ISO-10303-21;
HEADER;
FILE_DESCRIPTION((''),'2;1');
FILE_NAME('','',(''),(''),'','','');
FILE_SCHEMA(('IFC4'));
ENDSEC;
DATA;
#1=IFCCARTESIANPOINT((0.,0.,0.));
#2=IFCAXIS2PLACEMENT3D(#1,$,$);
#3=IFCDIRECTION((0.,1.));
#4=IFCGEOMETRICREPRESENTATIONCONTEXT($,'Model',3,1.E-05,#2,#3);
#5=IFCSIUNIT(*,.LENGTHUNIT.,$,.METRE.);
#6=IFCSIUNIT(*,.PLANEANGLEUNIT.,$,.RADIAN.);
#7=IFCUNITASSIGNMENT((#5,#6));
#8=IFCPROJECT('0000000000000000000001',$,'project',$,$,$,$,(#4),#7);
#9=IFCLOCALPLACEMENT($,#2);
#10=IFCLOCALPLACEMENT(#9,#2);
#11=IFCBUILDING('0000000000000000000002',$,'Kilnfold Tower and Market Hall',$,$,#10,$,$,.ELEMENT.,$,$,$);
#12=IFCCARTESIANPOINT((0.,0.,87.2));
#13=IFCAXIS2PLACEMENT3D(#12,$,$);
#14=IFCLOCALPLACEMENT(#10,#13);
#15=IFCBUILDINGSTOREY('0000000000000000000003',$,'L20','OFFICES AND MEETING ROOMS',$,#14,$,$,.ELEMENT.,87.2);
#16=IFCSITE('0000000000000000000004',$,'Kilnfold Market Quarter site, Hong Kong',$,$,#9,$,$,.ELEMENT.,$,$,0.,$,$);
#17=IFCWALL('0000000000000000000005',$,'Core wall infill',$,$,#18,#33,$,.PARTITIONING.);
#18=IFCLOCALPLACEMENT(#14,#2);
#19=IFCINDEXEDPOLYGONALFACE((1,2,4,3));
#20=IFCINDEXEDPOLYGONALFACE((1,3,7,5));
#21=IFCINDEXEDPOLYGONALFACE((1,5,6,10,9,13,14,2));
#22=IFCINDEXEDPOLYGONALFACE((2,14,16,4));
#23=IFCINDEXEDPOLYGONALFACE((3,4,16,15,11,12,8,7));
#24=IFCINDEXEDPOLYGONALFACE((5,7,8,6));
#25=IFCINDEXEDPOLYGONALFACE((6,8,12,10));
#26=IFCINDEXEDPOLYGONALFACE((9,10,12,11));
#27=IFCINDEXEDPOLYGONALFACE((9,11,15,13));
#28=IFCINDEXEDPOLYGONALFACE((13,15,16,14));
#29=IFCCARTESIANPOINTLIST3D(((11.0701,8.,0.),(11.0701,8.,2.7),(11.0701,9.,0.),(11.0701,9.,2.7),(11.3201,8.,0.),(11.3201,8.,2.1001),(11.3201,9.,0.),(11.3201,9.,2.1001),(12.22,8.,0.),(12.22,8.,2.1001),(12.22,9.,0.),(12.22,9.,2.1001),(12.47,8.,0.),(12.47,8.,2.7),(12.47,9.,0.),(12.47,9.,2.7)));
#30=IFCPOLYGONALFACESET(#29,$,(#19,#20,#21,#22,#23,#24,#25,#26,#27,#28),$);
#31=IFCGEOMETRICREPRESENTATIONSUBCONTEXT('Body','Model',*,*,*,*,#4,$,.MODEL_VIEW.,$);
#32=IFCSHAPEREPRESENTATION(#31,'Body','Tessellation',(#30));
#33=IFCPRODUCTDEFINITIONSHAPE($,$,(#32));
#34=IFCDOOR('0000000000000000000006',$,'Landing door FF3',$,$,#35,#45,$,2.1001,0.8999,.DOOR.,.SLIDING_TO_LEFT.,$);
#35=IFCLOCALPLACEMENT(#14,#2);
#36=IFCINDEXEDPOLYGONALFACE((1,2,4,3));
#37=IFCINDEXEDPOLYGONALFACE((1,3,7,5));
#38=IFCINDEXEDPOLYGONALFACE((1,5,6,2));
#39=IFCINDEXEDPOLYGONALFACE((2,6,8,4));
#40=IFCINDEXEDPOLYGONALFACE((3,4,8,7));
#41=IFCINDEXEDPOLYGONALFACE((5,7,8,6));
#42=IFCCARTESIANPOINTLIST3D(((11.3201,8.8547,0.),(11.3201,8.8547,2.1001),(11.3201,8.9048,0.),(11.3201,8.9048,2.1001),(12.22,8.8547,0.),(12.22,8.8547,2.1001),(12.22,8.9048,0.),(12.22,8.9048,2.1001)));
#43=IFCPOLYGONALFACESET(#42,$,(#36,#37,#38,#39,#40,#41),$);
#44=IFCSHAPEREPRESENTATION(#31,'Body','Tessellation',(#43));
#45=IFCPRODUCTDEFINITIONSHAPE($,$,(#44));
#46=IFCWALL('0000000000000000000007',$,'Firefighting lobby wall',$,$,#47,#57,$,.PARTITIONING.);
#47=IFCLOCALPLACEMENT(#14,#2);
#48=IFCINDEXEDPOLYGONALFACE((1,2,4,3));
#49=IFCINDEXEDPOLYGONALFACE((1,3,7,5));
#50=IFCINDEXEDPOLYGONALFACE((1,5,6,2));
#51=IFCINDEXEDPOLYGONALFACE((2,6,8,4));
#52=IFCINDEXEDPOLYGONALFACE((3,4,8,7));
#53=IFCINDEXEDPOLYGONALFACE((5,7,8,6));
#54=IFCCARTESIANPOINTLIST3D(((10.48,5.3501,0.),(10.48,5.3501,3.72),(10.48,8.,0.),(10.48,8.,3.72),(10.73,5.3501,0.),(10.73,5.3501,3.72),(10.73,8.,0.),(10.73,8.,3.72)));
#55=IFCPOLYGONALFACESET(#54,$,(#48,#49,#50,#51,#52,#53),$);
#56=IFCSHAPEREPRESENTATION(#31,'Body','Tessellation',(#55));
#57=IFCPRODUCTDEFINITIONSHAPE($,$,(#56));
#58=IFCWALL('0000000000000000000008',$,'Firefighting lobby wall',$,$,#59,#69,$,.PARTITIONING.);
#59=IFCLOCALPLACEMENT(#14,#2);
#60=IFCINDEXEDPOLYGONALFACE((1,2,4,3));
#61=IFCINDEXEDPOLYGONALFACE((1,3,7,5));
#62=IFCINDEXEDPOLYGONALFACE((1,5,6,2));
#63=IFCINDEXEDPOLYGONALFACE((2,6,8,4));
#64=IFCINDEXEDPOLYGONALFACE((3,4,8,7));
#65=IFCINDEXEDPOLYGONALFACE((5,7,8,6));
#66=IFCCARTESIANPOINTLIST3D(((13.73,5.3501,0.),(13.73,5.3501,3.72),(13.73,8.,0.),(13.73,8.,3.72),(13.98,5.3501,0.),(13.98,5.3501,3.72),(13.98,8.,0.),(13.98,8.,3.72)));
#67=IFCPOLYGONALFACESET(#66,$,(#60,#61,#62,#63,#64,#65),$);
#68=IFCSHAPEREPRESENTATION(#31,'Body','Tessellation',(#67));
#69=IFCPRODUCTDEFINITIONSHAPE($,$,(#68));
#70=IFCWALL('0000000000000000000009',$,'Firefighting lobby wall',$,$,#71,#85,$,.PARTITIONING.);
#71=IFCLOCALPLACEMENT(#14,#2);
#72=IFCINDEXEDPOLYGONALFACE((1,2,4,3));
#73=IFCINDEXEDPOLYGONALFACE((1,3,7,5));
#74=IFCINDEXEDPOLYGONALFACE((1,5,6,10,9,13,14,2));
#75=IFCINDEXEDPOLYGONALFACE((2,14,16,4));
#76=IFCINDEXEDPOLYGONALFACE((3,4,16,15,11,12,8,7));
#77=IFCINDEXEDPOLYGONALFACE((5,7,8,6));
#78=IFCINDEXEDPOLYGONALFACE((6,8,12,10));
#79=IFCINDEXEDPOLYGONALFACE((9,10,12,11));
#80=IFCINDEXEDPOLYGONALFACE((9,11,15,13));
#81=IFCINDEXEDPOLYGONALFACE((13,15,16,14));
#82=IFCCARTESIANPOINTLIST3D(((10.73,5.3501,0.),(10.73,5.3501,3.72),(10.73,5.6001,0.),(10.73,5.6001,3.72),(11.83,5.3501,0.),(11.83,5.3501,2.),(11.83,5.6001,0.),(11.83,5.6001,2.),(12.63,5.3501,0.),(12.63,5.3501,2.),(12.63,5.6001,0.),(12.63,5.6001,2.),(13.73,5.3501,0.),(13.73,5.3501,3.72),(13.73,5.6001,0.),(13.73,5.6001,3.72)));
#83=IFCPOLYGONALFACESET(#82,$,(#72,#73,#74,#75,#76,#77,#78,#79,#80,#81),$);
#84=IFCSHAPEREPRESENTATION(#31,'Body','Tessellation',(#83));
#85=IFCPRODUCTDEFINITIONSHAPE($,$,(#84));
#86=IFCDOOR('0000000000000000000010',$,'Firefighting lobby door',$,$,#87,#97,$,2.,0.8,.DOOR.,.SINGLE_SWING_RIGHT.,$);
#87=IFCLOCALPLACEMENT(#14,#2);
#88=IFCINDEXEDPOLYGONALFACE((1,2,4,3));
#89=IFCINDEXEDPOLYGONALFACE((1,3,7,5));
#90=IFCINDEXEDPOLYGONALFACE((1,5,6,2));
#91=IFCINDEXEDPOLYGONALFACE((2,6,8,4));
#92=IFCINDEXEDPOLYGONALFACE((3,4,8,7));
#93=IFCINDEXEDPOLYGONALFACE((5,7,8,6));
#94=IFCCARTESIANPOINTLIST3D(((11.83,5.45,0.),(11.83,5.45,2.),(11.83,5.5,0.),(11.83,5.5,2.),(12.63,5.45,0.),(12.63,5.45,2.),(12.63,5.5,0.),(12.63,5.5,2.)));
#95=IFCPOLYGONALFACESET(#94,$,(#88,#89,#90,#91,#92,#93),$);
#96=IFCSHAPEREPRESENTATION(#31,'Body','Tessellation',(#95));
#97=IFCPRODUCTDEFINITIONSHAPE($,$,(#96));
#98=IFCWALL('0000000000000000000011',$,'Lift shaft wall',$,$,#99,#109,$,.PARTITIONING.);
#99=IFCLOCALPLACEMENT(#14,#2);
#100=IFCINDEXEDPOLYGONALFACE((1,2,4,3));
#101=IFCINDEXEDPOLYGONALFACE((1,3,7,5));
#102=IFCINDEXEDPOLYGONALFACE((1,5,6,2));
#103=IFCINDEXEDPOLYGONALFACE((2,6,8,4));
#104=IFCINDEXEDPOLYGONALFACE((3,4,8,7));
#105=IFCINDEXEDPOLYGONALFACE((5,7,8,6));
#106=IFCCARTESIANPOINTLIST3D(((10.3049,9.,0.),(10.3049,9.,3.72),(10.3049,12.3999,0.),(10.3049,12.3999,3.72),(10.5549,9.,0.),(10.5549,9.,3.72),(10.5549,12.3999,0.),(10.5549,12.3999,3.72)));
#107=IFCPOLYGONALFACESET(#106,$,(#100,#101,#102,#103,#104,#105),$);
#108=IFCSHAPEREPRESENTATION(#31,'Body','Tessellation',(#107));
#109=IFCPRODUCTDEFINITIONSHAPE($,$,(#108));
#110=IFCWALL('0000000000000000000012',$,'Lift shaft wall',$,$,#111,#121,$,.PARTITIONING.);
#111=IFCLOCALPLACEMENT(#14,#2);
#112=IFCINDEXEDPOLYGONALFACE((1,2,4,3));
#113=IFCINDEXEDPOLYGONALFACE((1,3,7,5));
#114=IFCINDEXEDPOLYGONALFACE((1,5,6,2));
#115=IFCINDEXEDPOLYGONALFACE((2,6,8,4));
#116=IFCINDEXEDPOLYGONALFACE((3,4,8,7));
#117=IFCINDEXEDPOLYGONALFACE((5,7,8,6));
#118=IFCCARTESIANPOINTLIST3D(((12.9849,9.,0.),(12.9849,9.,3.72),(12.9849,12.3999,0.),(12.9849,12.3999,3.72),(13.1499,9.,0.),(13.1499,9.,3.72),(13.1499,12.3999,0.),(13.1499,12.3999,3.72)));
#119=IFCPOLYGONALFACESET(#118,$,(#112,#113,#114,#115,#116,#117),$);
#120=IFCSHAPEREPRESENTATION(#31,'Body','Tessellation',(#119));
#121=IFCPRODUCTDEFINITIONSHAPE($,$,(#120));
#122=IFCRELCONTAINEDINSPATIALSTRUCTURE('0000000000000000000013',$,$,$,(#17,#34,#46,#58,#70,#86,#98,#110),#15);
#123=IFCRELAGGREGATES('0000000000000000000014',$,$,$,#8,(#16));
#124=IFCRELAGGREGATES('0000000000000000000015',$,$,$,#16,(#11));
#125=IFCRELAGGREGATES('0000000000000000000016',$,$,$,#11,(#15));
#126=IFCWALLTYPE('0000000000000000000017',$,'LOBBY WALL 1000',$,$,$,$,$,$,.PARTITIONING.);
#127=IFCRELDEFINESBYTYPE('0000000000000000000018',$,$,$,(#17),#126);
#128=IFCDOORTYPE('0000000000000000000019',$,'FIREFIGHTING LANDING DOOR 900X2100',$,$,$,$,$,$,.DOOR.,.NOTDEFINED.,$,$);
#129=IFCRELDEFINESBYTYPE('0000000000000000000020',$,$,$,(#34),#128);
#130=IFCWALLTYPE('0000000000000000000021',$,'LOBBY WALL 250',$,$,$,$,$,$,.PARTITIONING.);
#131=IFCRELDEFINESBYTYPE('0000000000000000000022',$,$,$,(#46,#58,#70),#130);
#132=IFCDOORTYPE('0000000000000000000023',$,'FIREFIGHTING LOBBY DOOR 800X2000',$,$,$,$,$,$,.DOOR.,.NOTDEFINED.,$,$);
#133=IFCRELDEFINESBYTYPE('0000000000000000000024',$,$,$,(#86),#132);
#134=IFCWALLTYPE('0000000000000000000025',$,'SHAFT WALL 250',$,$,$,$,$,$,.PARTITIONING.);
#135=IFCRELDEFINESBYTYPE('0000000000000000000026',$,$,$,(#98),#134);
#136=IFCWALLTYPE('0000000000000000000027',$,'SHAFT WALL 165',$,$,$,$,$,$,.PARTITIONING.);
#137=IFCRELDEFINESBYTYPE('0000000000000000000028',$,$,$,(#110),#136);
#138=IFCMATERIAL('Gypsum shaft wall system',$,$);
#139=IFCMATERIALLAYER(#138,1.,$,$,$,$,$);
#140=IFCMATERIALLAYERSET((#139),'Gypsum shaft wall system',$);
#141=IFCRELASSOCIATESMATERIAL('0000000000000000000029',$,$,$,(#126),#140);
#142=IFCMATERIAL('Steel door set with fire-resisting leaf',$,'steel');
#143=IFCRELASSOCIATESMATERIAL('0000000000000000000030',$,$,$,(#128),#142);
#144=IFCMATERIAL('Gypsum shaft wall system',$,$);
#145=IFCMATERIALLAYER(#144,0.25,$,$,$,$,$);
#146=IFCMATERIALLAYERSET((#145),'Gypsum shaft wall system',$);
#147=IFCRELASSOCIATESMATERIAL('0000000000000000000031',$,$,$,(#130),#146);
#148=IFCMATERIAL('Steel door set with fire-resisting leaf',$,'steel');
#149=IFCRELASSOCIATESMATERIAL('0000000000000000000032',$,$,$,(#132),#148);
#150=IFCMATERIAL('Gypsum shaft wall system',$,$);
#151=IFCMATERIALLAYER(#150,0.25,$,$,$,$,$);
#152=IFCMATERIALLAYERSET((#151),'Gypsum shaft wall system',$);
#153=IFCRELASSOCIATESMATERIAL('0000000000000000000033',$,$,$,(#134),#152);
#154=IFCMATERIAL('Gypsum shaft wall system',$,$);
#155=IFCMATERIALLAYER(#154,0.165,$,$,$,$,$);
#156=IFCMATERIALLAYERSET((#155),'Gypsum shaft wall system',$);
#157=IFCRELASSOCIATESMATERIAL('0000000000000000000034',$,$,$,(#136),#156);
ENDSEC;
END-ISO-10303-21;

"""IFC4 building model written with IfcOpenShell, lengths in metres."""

from ifc_helpers import new_model, si_unit, direction, frame, frame_2d, origin, place, context, subcontext, project, spatial, rectangle, extrude, source, transform, mapped, material, layer, layer_set, type_object, element, fill, save


model = new_model("IFC4")

# Units and contexts
model_context = context("Model", 3, precision=1e-05, world=origin(), true_north=direction((0.0, 1.0)))
body_context = subcontext(model_context, "Body", "Model", "MODEL_VIEW")
ifc_project = project(units=[si_unit("LENGTHUNIT", "METRE"), si_unit("PLANEANGLEUNIT", "RADIAN")], contexts=[model_context])

# Site, building, storey
site_placement = place(None, origin())
site = spatial("IfcSite", under=ifc_project, at=site_placement, Name="Kilnfold Market Quarter site, Hong Kong", CompositionType="ELEMENT", RefElevation=0.0)
building_placement = place(site_placement, origin())
building = spatial("IfcBuilding", under=site, at=building_placement, Name="Kilnfold Tower and Market Hall", CompositionType="ELEMENT")
storey_placement = place(building_placement, frame((0.0, 0.0, 87.2)))
storey = spatial("IfcBuildingStorey", under=building, at=storey_placement, Name="L20", Description="OFFICES AND MEETING ROOMS", CompositionType="ELEMENT", Elevation=87.2)

# Wall, opening, door
ifc_material_1 = material(Name="Gypsum shaft wall system")
ifc_layer_1 = layer(ifc_material_1, 1.0)
ifc_layer_set_1 = layer_set([ifc_layer_1], Name="Gypsum shaft wall system")
wall_type_1 = type_object("IfcWallType", Name="LOBBY WALL 1000", PredefinedType="PARTITIONING", material=ifc_layer_set_1)
shared_shape_1 = source(origin(), body_context, "Body", "SweptSolid", [
    extrude(rectangle(XDim=1.3999, YDim=1.0, at=frame_2d((0.7, 0.0))), origin(), (0.0, 0.0, 1.0), 2.7),
])
wall_1_placement = place(storey_placement, frame((11.0701, 8.5, 0.0), z_axis=(0.0, 0.0, 1.0), x_axis=(1.0, 0.0, 0.0)))
wall_1 = element("IfcWall", 1, at=wall_1_placement, inside=storey, type_object=wall_type_1, Name="Core wall infill", PredefinedType="PARTITIONING", context=body_context, shape_type="MappedRepresentation", body=[
    mapped(shared_shape_1, transform((0.0, 0.0, 0.0))),
])
opening_1_placement = place(wall_1_placement, frame((0.25, 0.0, 0.0)))
opening_1 = element("IfcOpeningElement", 2, at=opening_1_placement, cuts=wall_1, PredefinedType="OPENING", context=body_context, shape_type="SweptSolid", body=[
    extrude(rectangle(XDim=0.8999, YDim=2.1001, at=frame_2d((0.45, 1.05))), frame((0.0, 0.51, 0.0), z_axis=(0.0, -1.0, 0.0), x_axis=(1.0, 0.0, 0.0)), (0.0, 0.0, 1.0), 1.02),
])
ifc_material_2 = material(Name="Steel door set with fire-resisting leaf", Category="steel")
door_type_1 = type_object("IfcDoorType", Name="FIREFIGHTING LANDING DOOR 900X2100", OperationType="NOTDEFINED", PredefinedType="DOOR", material=ifc_material_2)
door_1_placement = place(opening_1_placement, origin())
door_1 = element("IfcDoor", 3, at=door_1_placement, inside=storey, type_object=door_type_1, Name="Landing door FF3", OperationType="SLIDING_TO_LEFT", OverallHeight=2.1001, OverallWidth=0.8999, PredefinedType="DOOR", context=body_context, shape_type="SweptSolid", body=[
    extrude(rectangle(XDim=0.8999, YDim=2.1001, at=frame_2d((0.45, 1.05))), frame((0.0, 0.4048, 0.0), z_axis=(0.0, -1.0, 0.0), x_axis=(1.0, 0.0, 0.0)), (0.0, 0.0, 1.0), 0.05),
])
fill(opening_1, door_1)

# Walls
ifc_material_3 = material(Name="Gypsum shaft wall system")
ifc_layer_2 = layer(ifc_material_3, 0.25)
ifc_layer_set_2 = layer_set([ifc_layer_2], Name="Gypsum shaft wall system")
wall_type_2 = type_object("IfcWallType", Name="LOBBY WALL 250", PredefinedType="PARTITIONING", material=ifc_layer_set_2)
shared_shape_2 = source(origin(), body_context, "Body", "SweptSolid", [
    extrude(rectangle(XDim=2.6499, YDim=0.25, at=frame_2d((1.325, 0.0))), origin(), (0.0, 0.0, 1.0), 3.72),
])
for number, where, z_axis, x_axis, name in (
    (4, (10.605, 5.3501, 0.0), (0.0, 0.0, 1.0), (0.0, 1.0, 0.0), "Firefighting lobby wall"),
    (5, (13.855, 5.3501, 0.0), (0.0, 0.0, 1.0), (0.0, 1.0, 0.0), "Firefighting lobby wall"),
):
    element("IfcWall", number, at=place(storey_placement, frame(where, z_axis=z_axis, x_axis=x_axis)), inside=storey, type_object=wall_type_2, Name=name, PredefinedType="PARTITIONING", context=body_context, shape_type="MappedRepresentation", body=[
        mapped(shared_shape_2, transform((0.0, 0.0, 0.0))),
    ])

# Wall, opening, door
shared_shape_3 = source(origin(), body_context, "Body", "SweptSolid", [
    extrude(rectangle(XDim=3.0, YDim=0.25, at=frame_2d((1.5, 0.0))), origin(), (0.0, 0.0, 1.0), 3.72),
])
wall_2_placement = place(storey_placement, frame((10.73, 5.4751, 0.0), z_axis=(0.0, 0.0, 1.0), x_axis=(1.0, 0.0, 0.0)))
wall_2 = element("IfcWall", 6, at=wall_2_placement, inside=storey, type_object=wall_type_2, Name="Firefighting lobby wall", PredefinedType="PARTITIONING", context=body_context, shape_type="MappedRepresentation", body=[
    mapped(shared_shape_3, transform((0.0, 0.0, 0.0))),
])
opening_2_placement = place(wall_2_placement, frame((1.1001, 0.0, 0.0)))
opening_2 = element("IfcOpeningElement", 7, at=opening_2_placement, cuts=wall_2, PredefinedType="OPENING", context=body_context, shape_type="SweptSolid", body=[
    extrude(rectangle(XDim=0.8, YDim=2.0, at=frame_2d((0.3999, 1.0))), frame((0.0, 0.135, 0.0), z_axis=(0.0, -1.0, 0.0), x_axis=(1.0, 0.0, 0.0)), (0.0, 0.0, 1.0), 0.27),
])
ifc_material_4 = material(Name="Steel door set with fire-resisting leaf", Category="steel")
door_type_2 = type_object("IfcDoorType", Name="FIREFIGHTING LOBBY DOOR 800X2000", OperationType="NOTDEFINED", PredefinedType="DOOR", material=ifc_material_4)
door_2_placement = place(opening_2_placement, origin())
door_2 = element("IfcDoor", 8, at=door_2_placement, inside=storey, type_object=door_type_2, Name="Firefighting lobby door", OperationType="SINGLE_SWING_RIGHT", OverallHeight=2.0, OverallWidth=0.8, PredefinedType="DOOR", context=body_context, shape_type="SweptSolid", body=[
    extrude(rectangle(XDim=0.8, YDim=2.0, at=frame_2d((0.3999, 1.0))), frame((0.0, 0.0249, 0.0), z_axis=(0.0, -1.0, 0.0), x_axis=(1.0, 0.0, 0.0)), (0.0, 0.0, 1.0), 0.05),
])
fill(opening_2, door_2)

# Walls
ifc_material_5 = material(Name="Gypsum shaft wall system")
ifc_layer_3 = layer(ifc_material_5, 0.25)
ifc_layer_set_3 = layer_set([ifc_layer_3], Name="Gypsum shaft wall system")
wall_type_3 = type_object("IfcWallType", Name="SHAFT WALL 250", PredefinedType="PARTITIONING", material=ifc_layer_set_3)
shared_shape_4 = source(origin(), body_context, "Body", "SweptSolid", [
    extrude(rectangle(XDim=3.3999, YDim=0.25, at=frame_2d((1.7, 0.0))), origin(), (0.0, 0.0, 1.0), 3.72),
])
wall_3_placement = place(storey_placement, frame((10.4299, 9.0, 0.0), z_axis=(0.0, 0.0, 1.0), x_axis=(0.0, 1.0, 0.0)))
element("IfcWall", 9, at=wall_3_placement, inside=storey, type_object=wall_type_3, Name="Lift shaft wall", PredefinedType="PARTITIONING", context=body_context, shape_type="MappedRepresentation", body=[
    mapped(shared_shape_4, transform((0.0, 0.0, 0.0))),
])
ifc_material_6 = material(Name="Gypsum shaft wall system")
ifc_layer_4 = layer(ifc_material_6, 0.165)
ifc_layer_set_4 = layer_set([ifc_layer_4], Name="Gypsum shaft wall system")
wall_type_4 = type_object("IfcWallType", Name="SHAFT WALL 165", PredefinedType="PARTITIONING", material=ifc_layer_set_4)
shared_shape_5 = source(origin(), body_context, "Body", "SweptSolid", [
    extrude(rectangle(XDim=3.3999, YDim=0.165, at=frame_2d((1.7, 0.0))), origin(), (0.0, 0.0, 1.0), 3.72),
])
wall_4_placement = place(storey_placement, frame((13.0674, 9.0, 0.0), z_axis=(0.0, 0.0, 1.0), x_axis=(0.0, 1.0, 0.0)))
element("IfcWall", 10, at=wall_4_placement, inside=storey, type_object=wall_type_4, Name="Lift shaft wall", PredefinedType="PARTITIONING", context=body_context, shape_type="MappedRepresentation", body=[
    mapped(shared_shape_5, transform((0.0, 0.0, 0.0))),
])

save(model, "model.ifc")
